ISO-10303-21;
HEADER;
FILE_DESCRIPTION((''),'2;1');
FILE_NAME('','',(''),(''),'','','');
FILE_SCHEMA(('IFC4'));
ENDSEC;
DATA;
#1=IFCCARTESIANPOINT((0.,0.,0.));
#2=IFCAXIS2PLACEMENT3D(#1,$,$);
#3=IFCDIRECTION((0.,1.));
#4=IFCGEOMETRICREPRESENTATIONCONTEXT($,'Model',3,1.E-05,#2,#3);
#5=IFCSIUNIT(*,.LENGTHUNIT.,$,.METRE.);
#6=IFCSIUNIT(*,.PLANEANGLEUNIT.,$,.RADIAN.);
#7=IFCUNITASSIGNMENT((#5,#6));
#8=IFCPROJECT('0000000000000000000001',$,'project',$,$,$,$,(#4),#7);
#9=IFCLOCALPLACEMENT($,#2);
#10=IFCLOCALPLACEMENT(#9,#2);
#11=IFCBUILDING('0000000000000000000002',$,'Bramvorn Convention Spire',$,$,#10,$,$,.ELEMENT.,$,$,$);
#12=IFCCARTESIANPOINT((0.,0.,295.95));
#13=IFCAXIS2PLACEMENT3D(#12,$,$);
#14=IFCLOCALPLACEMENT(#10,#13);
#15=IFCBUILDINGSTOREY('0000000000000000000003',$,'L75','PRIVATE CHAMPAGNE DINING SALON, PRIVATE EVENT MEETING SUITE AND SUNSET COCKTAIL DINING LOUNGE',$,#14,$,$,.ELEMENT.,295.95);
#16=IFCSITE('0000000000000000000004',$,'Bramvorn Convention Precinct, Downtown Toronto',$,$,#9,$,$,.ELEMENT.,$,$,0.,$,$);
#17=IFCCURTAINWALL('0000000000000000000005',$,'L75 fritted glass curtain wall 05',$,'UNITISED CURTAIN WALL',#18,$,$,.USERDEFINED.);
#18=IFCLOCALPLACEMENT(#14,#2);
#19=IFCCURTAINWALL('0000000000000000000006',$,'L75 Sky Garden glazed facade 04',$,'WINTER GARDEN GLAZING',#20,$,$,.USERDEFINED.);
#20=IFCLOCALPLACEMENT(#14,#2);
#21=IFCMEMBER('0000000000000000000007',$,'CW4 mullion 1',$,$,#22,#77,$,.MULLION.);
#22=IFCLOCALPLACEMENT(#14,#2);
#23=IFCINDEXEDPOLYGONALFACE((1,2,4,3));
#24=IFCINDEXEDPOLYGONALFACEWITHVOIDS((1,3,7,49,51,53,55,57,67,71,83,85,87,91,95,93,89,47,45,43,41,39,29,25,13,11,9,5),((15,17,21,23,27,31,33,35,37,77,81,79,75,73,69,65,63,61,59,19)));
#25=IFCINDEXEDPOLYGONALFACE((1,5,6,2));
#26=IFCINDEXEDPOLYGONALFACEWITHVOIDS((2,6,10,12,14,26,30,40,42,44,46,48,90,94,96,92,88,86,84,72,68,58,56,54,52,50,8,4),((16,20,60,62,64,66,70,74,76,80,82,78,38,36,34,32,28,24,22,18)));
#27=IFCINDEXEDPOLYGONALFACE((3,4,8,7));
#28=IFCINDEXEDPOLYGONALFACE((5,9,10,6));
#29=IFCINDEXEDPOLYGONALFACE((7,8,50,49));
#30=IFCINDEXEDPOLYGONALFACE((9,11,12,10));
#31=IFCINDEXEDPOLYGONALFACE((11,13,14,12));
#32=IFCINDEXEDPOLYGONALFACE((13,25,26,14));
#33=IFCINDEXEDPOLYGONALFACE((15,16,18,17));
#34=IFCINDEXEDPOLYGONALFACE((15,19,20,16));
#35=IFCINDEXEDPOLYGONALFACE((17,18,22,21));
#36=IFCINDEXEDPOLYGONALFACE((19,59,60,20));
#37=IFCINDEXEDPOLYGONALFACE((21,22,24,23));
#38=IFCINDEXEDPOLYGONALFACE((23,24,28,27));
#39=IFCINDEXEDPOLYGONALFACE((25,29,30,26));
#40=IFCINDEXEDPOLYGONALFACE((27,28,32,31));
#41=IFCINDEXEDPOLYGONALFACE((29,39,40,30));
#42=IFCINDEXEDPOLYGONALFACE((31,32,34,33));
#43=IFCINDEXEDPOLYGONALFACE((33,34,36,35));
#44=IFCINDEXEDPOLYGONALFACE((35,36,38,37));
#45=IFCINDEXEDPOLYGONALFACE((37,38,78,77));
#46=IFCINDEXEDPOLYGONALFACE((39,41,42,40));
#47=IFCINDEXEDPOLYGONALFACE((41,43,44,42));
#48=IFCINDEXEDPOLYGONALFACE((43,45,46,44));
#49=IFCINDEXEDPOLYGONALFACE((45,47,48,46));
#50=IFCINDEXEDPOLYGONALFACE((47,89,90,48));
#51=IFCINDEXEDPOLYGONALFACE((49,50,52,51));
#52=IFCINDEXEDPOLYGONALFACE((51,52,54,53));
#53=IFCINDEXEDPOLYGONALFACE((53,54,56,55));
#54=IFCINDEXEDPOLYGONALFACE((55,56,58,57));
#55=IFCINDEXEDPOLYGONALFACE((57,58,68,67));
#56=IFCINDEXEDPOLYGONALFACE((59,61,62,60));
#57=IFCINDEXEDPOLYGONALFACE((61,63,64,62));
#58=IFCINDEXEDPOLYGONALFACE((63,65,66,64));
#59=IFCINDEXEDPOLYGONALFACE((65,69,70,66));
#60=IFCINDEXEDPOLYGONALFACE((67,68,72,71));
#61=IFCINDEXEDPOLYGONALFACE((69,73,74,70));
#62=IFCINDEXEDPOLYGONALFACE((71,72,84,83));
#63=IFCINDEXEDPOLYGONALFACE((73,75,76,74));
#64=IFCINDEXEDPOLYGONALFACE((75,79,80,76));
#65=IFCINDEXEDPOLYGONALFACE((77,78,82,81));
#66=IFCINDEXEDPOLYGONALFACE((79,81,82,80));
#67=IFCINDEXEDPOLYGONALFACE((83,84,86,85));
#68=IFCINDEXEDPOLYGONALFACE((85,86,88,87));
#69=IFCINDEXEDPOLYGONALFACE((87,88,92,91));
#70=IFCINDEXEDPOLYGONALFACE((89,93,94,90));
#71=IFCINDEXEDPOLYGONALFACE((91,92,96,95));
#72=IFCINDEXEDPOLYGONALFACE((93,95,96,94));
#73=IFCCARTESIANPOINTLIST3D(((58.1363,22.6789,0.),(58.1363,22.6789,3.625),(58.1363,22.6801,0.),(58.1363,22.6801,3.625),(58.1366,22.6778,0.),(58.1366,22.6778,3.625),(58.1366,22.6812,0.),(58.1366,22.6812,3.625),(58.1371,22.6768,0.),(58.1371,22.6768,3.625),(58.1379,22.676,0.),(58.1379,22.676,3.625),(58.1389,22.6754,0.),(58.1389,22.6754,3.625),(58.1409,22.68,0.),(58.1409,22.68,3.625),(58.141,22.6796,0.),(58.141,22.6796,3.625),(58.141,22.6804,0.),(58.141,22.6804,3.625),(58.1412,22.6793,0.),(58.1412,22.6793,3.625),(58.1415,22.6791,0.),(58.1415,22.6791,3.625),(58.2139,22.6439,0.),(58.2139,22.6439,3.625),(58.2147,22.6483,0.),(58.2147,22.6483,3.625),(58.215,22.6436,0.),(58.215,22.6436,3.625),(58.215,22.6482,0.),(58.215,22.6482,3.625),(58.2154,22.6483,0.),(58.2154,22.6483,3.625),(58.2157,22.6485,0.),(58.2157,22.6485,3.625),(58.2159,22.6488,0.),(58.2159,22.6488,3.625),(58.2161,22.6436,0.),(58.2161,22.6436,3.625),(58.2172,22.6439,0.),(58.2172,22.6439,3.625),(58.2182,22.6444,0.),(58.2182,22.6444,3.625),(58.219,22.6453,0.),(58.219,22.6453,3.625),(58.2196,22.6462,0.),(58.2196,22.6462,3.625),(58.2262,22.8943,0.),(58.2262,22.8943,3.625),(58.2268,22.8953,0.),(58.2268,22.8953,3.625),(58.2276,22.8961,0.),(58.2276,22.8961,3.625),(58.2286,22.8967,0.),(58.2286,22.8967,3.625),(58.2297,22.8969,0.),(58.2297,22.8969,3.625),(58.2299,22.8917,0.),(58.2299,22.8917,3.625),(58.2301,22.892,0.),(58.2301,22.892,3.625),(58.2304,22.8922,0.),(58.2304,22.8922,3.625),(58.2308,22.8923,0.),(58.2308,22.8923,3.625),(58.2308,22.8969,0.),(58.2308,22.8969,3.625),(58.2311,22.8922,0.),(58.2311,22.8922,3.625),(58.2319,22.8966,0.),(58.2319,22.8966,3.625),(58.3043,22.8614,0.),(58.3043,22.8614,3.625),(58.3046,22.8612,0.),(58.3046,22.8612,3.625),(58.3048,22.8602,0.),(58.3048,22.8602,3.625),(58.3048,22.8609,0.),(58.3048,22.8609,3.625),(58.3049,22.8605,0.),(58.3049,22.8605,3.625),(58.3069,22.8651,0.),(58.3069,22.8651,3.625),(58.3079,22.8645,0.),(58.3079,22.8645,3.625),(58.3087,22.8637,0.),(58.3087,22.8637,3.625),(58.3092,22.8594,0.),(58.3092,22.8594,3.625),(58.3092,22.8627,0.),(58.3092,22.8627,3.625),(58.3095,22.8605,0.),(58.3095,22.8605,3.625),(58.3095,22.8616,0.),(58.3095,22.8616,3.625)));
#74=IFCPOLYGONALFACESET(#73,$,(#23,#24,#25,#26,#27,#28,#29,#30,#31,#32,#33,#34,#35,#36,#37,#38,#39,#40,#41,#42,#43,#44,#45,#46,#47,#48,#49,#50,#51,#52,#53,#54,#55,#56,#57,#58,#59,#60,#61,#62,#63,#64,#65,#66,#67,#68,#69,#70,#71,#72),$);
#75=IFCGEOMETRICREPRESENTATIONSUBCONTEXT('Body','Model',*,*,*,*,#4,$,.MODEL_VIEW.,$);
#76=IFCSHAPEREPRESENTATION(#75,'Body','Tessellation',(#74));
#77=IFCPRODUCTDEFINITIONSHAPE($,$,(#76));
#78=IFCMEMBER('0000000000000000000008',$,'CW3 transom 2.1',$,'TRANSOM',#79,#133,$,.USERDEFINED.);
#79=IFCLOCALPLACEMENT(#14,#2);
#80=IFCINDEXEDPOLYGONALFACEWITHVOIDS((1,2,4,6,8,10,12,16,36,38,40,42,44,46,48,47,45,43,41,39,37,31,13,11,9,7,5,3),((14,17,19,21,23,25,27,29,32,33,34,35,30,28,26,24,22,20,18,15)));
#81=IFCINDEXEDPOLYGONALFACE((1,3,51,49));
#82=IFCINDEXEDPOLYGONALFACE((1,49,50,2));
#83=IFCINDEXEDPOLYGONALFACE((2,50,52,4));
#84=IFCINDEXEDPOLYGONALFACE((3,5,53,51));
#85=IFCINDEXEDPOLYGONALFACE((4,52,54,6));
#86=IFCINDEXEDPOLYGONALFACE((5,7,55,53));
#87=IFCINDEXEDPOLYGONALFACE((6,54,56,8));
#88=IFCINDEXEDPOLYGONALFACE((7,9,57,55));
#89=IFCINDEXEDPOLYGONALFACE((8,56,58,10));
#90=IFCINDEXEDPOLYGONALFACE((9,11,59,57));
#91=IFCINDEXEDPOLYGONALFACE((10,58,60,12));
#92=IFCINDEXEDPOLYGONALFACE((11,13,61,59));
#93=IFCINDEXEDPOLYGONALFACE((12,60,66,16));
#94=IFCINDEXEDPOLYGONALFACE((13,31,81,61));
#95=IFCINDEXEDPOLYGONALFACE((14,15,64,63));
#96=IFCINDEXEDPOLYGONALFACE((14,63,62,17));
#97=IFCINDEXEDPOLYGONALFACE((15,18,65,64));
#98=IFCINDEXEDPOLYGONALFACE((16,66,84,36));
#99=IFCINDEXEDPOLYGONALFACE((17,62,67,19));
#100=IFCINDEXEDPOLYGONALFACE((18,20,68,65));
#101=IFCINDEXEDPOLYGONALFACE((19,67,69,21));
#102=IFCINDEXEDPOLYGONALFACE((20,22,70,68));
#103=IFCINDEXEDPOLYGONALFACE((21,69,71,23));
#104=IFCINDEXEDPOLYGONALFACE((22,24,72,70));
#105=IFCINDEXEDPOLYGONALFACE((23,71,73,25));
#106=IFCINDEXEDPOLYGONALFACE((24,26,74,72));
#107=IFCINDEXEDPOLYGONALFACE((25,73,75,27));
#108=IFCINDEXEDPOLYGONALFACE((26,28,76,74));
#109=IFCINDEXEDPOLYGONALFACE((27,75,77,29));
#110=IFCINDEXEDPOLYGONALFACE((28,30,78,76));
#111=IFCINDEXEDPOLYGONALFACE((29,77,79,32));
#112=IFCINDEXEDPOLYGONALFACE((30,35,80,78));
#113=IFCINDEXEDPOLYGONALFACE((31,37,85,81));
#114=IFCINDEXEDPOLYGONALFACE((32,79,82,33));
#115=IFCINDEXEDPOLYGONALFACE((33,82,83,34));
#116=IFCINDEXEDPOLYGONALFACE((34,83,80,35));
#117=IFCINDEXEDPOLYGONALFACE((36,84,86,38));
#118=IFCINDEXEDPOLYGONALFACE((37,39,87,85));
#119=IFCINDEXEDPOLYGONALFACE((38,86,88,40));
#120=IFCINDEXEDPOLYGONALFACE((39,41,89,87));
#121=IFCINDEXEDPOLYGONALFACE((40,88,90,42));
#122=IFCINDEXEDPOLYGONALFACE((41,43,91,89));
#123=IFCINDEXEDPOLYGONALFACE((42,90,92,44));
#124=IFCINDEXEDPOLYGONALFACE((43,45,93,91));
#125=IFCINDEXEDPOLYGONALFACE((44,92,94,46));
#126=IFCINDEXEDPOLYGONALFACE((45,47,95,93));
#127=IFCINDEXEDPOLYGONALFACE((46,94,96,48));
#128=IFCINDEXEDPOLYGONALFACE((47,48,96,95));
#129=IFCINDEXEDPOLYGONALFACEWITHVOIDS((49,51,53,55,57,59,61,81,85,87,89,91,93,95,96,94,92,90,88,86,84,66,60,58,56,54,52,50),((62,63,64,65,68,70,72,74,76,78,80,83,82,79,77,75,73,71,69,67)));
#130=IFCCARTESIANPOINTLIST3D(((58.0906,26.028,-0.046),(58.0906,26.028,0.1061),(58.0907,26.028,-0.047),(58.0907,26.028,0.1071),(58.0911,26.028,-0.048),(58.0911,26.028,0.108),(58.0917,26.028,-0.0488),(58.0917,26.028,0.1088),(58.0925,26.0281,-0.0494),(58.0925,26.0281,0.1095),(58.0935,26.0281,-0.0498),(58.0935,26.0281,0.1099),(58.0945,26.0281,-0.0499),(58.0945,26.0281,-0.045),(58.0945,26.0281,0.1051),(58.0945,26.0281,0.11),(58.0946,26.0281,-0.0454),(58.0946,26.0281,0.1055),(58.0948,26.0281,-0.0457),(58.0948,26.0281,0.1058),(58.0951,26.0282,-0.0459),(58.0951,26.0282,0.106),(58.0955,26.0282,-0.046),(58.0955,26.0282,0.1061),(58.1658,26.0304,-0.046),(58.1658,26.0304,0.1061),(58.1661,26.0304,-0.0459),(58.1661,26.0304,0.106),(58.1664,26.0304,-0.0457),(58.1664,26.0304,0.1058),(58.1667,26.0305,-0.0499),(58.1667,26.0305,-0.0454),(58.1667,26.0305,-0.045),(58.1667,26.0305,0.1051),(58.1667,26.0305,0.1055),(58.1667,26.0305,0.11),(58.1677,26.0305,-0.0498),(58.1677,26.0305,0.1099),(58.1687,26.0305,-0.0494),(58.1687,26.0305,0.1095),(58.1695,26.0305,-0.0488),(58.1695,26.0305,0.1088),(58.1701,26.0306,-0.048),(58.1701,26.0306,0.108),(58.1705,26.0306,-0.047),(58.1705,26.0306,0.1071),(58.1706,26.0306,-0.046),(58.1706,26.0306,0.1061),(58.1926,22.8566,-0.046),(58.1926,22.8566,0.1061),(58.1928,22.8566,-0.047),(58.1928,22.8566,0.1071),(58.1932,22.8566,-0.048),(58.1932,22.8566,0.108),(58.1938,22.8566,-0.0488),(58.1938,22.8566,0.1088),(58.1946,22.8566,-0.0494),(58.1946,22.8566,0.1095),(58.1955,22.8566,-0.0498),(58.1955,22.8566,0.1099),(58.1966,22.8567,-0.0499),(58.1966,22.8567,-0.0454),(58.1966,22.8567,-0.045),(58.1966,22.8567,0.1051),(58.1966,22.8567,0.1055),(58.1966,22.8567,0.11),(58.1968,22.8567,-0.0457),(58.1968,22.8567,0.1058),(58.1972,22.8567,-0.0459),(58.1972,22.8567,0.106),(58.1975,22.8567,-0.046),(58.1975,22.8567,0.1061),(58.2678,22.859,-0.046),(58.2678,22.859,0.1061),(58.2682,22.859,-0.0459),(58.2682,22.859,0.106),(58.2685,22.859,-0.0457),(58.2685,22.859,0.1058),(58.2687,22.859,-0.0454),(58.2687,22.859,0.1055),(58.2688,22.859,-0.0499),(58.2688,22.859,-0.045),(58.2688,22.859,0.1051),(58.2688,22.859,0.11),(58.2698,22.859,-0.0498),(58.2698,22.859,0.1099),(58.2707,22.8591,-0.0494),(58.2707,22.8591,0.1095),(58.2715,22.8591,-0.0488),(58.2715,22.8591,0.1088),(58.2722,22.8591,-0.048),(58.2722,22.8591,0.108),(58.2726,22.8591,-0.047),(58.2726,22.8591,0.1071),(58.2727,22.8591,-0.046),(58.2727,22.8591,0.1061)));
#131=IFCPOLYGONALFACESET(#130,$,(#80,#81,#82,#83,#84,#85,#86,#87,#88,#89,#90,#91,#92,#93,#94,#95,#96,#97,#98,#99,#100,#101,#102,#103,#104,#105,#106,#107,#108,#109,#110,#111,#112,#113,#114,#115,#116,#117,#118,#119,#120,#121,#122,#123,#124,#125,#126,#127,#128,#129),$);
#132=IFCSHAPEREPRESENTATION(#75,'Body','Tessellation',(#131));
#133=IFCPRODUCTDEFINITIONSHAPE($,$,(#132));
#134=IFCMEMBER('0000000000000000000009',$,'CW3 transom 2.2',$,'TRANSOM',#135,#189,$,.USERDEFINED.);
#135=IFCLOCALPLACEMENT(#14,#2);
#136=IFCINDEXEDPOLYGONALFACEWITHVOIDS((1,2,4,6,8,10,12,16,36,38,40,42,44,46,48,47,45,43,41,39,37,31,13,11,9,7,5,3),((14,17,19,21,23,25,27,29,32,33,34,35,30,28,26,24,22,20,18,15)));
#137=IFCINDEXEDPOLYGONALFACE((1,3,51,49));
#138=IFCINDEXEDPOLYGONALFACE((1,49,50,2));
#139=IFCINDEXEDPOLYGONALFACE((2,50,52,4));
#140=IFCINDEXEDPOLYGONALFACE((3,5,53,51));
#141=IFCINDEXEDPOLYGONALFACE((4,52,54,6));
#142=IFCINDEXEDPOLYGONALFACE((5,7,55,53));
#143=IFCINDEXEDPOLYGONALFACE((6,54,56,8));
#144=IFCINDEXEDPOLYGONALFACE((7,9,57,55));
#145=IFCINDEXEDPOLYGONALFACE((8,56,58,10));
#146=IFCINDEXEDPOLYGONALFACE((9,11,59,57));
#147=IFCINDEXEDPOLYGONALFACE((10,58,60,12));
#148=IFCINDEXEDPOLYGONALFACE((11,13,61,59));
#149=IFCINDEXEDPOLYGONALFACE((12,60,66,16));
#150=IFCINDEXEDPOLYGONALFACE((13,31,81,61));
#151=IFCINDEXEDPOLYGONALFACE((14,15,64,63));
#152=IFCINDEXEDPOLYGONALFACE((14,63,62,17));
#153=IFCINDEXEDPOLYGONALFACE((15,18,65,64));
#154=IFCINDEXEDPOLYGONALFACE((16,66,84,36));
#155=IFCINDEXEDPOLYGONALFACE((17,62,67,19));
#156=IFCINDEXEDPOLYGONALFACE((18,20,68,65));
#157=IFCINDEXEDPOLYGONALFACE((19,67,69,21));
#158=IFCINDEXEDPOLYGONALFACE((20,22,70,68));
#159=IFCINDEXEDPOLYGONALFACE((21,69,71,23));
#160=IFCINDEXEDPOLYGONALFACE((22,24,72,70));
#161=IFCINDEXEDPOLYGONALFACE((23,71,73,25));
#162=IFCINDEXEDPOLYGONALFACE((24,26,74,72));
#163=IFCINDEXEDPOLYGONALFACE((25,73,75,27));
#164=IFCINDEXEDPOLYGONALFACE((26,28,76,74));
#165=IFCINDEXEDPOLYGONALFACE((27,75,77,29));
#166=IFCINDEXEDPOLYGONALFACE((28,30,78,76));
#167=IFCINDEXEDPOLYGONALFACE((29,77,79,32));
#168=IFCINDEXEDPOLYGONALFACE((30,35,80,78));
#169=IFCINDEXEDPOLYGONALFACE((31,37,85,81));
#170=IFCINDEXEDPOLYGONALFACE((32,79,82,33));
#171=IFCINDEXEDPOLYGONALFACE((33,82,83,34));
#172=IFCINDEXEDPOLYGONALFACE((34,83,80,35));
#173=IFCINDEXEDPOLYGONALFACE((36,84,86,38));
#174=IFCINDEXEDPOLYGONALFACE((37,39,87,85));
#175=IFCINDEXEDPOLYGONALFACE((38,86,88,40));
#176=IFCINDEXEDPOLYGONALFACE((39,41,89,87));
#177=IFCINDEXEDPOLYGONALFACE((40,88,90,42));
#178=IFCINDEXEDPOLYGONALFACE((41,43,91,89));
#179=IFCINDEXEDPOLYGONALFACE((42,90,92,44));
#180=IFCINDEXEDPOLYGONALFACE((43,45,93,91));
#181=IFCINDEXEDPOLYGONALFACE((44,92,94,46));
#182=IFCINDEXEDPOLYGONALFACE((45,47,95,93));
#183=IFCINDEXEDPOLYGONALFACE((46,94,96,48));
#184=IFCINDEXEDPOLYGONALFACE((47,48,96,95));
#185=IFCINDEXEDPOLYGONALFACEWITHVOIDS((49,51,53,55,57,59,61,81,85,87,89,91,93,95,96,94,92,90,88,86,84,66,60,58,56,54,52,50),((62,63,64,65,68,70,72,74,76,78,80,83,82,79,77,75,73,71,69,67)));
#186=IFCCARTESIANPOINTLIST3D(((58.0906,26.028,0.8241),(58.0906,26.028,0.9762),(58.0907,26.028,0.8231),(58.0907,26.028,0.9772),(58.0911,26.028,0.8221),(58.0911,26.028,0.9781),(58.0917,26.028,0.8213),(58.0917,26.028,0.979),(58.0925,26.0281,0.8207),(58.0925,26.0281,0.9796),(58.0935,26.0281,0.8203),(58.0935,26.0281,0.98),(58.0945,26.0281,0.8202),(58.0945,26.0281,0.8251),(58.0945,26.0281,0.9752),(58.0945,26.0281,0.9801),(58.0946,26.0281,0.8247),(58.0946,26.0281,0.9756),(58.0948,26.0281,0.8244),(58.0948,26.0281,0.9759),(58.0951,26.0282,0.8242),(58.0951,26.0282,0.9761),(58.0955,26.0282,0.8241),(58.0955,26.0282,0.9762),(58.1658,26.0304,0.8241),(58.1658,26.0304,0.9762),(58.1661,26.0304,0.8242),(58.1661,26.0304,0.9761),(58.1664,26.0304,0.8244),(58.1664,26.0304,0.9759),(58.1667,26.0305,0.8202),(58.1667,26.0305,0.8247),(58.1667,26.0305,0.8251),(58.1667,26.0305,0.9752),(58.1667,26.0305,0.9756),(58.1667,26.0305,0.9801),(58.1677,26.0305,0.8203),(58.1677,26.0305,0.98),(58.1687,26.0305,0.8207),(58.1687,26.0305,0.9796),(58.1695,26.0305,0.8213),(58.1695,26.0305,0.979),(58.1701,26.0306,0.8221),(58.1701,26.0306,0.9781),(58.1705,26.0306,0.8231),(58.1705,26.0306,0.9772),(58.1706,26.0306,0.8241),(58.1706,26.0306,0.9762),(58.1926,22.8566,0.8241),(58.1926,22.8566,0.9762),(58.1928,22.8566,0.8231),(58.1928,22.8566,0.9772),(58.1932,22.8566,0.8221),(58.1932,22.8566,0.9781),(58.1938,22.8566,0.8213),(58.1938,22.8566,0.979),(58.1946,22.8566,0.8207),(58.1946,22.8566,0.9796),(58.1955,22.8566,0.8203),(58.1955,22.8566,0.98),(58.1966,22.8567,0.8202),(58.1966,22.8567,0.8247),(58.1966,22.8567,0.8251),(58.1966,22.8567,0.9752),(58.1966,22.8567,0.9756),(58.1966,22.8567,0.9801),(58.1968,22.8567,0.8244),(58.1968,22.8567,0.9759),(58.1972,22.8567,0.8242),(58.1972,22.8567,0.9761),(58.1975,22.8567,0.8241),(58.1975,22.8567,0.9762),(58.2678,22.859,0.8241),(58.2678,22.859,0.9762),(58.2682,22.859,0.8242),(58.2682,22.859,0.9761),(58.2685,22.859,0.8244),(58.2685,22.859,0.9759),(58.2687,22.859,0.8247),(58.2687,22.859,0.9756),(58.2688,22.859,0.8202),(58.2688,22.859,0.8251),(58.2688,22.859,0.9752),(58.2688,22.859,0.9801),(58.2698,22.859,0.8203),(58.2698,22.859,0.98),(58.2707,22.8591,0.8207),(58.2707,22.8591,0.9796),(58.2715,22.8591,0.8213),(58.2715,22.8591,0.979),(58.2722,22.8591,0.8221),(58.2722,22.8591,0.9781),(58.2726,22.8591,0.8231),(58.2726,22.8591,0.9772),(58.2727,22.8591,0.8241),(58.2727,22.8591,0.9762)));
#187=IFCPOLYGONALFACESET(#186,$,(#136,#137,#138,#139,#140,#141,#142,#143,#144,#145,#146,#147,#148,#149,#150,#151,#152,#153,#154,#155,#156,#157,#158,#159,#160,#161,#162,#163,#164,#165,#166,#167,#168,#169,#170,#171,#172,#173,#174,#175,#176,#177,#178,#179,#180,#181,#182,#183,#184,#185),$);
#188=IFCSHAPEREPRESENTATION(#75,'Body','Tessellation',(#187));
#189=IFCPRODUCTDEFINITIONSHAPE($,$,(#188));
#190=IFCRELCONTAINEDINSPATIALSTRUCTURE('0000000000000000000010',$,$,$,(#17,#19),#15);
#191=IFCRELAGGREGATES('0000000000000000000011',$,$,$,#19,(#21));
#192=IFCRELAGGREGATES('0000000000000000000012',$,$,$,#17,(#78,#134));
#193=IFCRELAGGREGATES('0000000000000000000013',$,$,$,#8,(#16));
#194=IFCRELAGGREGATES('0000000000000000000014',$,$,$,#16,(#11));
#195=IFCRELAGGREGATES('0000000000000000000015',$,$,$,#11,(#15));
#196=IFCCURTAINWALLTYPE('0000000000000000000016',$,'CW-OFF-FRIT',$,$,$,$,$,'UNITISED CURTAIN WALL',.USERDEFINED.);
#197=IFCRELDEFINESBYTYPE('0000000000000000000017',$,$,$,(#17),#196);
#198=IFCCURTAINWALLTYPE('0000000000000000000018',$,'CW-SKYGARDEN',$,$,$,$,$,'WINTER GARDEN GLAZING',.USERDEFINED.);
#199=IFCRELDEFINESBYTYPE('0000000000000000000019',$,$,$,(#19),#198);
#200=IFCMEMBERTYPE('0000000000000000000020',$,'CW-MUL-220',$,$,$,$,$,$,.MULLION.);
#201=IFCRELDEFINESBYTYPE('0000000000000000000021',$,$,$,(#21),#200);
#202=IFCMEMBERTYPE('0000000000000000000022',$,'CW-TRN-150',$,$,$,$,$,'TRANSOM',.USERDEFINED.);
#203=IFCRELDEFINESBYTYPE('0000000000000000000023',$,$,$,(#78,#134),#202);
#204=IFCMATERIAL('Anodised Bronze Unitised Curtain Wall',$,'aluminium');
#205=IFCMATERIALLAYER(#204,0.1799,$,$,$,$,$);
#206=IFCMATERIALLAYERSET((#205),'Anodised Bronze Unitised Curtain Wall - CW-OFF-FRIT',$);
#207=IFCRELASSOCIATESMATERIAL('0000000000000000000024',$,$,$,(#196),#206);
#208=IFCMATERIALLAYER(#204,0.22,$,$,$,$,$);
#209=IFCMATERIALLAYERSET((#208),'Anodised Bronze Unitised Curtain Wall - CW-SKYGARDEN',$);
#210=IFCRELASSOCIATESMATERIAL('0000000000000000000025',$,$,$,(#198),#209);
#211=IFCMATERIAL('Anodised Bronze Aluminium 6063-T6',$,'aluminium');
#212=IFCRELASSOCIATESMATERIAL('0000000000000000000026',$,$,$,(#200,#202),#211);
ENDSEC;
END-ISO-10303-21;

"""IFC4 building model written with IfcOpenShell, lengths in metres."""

from ifc_helpers import new_model, si_unit, direction, frame, origin, origin_2d, place, context, subcontext, project, spatial, hollow_rectangle, extrude, material, layer, layer_set, material_profile, profile_set, type_object, element, aggregate, save


model = new_model("IFC4")

# Units and contexts
model_context = context("Model", 3, precision=1e-05, world=origin(), true_north=direction((0.0, 1.0)))
body_context = subcontext(model_context, "Body", "Model", "MODEL_VIEW")
ifc_project = project(units=[si_unit("LENGTHUNIT", "METRE"), si_unit("PLANEANGLEUNIT", "RADIAN")], contexts=[model_context])

# Site, building, storey
site_placement = place(None, origin())
site = spatial("IfcSite", under=ifc_project, at=site_placement, Name="Bramvorn Convention Precinct, Downtown Toronto", CompositionType="ELEMENT", RefElevation=0.0)
building_placement = place(site_placement, origin())
building = spatial("IfcBuilding", under=site, at=building_placement, Name="Bramvorn Convention Spire", CompositionType="ELEMENT")
storey_placement = place(building_placement, frame((0.0, 0.0, 295.95)))
storey = spatial("IfcBuildingStorey", under=building, at=storey_placement, Name="L75", Description="PRIVATE CHAMPAGNE DINING SALON, PRIVATE EVENT MEETING SUITE AND SUNSET COCKTAIL DINING LOUNGE", CompositionType="ELEMENT", Elevation=295.95)

# Curtain wall
ifc_material_1 = material(Name="Anodised Bronze Unitised Curtain Wall", Category="aluminium")
ifc_layer_1 = layer(ifc_material_1, 0.1799)
ifc_layer_set_1 = layer_set([ifc_layer_1], Name="Anodised Bronze Unitised Curtain Wall - CW-OFF-FRIT")
curtain_wall_type_1 = type_object("IfcCurtainWallType", Name="CW-OFF-FRIT", ElementType="UNITISED CURTAIN WALL", PredefinedType="USERDEFINED", material=ifc_layer_set_1)
curtain_wall_1_placement = place(storey_placement, origin())
curtain_wall_1 = element("IfcCurtainWall", 1, at=curtain_wall_1_placement, inside=storey, type_object=curtain_wall_type_1, Name="L75 fritted glass curtain wall 05", ObjectType="UNITISED CURTAIN WALL", PredefinedType="USERDEFINED")
ifc_material_2 = material(Name="Anodised Bronze Aluminium 6063-T6", Category="aluminium")

# Curtain wall, member
ifc_layer_2 = layer(ifc_material_1, 0.22)
ifc_layer_set_2 = layer_set([ifc_layer_2], Name="Anodised Bronze Unitised Curtain Wall - CW-SKYGARDEN")
curtain_wall_type_2 = type_object("IfcCurtainWallType", Name="CW-SKYGARDEN", ElementType="WINTER GARDEN GLAZING", PredefinedType="USERDEFINED", material=ifc_layer_set_2)
curtain_wall_2_placement = place(storey_placement, origin())
curtain_wall_2 = element("IfcCurtainWall", 2, at=curtain_wall_2_placement, inside=storey, type_object=curtain_wall_type_2, Name="L75 Sky Garden glazed facade 04", ObjectType="WINTER GARDEN GLAZING", PredefinedType="USERDEFINED")
ifc_material_profile_1 = material_profile(ifc_material_2, hollow_rectangle(XDim=0.0901, YDim=0.24, WallThickness=0.0044, InnerFilletRadius=0.001, OuterFilletRadius=0.0044, at=origin_2d()))
ifc_profile_set_1 = profile_set([ifc_material_profile_1], Name="Anodised Bronze Aluminium 6063-T6 - CWM90X240")
member_type_1 = type_object("IfcMemberType", Name="CW-MUL-220", PredefinedType="MULLION", material=ifc_profile_set_1)
member_1_placement = place(storey_placement, frame((58.2229, 22.7703, 0.0), z_axis=(0.0, 0.0, 1.0), x_axis=(0.92182, -0.387619, 0.0)))
member_1 = element("IfcMember", 3, at=member_1_placement, type_object=member_type_1, Name="CW4 mullion 1", PredefinedType="MULLION", context=body_context, shape_type="SweptSolid", body=[
    extrude(hollow_rectangle(XDim=0.0901, YDim=0.24, WallThickness=0.0044, InnerFilletRadius=0.001, OuterFilletRadius=0.0044, at=origin_2d()), origin(), (0.0, 0.0, 1.0), 3.625),
])

# Members
ifc_material_profile_2 = material_profile(ifc_material_2, hollow_rectangle(XDim=0.0801, YDim=0.1599, WallThickness=0.0039, InnerFilletRadius=0.001, OuterFilletRadius=0.0039, at=origin_2d()))
ifc_profile_set_2 = profile_set([ifc_material_profile_2], Name="Anodised Bronze Aluminium 6063-T6 - CWT80X160")
member_type_2 = type_object("IfcMemberType", Name="CW-TRN-150", ElementType="TRANSOM", PredefinedType="USERDEFINED", material=ifc_profile_set_2)
member_2_placement = place(storey_placement, frame((58.1306, 26.0293, 0.03), z_axis=(0.032162, -0.999483, 0.0), x_axis=(0.999483, 0.032162, 0.0)))
member_2 = element("IfcMember", 4, at=member_2_placement, type_object=member_type_2, Name="CW3 transom 2.1", ObjectType="TRANSOM", PredefinedType="USERDEFINED", context=body_context, shape_type="SweptSolid", body=[
    extrude(hollow_rectangle(XDim=0.0801, YDim=0.1599, WallThickness=0.0039, InnerFilletRadius=0.001, OuterFilletRadius=0.0039, at=origin_2d()), origin(), (0.0, 0.0, 1.0), 3.1731),
])
member_3_placement = place(storey_placement, frame((58.1306, 26.0293, 0.9001), z_axis=(0.032162, -0.999483, 0.0), x_axis=(0.999483, 0.032162, 0.0)))
member_3 = element("IfcMember", 5, at=member_3_placement, type_object=member_type_2, Name="CW3 transom 2.2", ObjectType="TRANSOM", PredefinedType="USERDEFINED", context=body_context, shape_type="SweptSolid", body=[
    extrude(hollow_rectangle(XDim=0.0801, YDim=0.1599, WallThickness=0.0039, InnerFilletRadius=0.001, OuterFilletRadius=0.0039, at=origin_2d()), origin(), (0.0, 0.0, 1.0), 3.1731),
])
aggregate(curtain_wall_2, [member_1])

aggregate(curtain_wall_1, [member_2, member_3])

save(model, "model.ifc")
